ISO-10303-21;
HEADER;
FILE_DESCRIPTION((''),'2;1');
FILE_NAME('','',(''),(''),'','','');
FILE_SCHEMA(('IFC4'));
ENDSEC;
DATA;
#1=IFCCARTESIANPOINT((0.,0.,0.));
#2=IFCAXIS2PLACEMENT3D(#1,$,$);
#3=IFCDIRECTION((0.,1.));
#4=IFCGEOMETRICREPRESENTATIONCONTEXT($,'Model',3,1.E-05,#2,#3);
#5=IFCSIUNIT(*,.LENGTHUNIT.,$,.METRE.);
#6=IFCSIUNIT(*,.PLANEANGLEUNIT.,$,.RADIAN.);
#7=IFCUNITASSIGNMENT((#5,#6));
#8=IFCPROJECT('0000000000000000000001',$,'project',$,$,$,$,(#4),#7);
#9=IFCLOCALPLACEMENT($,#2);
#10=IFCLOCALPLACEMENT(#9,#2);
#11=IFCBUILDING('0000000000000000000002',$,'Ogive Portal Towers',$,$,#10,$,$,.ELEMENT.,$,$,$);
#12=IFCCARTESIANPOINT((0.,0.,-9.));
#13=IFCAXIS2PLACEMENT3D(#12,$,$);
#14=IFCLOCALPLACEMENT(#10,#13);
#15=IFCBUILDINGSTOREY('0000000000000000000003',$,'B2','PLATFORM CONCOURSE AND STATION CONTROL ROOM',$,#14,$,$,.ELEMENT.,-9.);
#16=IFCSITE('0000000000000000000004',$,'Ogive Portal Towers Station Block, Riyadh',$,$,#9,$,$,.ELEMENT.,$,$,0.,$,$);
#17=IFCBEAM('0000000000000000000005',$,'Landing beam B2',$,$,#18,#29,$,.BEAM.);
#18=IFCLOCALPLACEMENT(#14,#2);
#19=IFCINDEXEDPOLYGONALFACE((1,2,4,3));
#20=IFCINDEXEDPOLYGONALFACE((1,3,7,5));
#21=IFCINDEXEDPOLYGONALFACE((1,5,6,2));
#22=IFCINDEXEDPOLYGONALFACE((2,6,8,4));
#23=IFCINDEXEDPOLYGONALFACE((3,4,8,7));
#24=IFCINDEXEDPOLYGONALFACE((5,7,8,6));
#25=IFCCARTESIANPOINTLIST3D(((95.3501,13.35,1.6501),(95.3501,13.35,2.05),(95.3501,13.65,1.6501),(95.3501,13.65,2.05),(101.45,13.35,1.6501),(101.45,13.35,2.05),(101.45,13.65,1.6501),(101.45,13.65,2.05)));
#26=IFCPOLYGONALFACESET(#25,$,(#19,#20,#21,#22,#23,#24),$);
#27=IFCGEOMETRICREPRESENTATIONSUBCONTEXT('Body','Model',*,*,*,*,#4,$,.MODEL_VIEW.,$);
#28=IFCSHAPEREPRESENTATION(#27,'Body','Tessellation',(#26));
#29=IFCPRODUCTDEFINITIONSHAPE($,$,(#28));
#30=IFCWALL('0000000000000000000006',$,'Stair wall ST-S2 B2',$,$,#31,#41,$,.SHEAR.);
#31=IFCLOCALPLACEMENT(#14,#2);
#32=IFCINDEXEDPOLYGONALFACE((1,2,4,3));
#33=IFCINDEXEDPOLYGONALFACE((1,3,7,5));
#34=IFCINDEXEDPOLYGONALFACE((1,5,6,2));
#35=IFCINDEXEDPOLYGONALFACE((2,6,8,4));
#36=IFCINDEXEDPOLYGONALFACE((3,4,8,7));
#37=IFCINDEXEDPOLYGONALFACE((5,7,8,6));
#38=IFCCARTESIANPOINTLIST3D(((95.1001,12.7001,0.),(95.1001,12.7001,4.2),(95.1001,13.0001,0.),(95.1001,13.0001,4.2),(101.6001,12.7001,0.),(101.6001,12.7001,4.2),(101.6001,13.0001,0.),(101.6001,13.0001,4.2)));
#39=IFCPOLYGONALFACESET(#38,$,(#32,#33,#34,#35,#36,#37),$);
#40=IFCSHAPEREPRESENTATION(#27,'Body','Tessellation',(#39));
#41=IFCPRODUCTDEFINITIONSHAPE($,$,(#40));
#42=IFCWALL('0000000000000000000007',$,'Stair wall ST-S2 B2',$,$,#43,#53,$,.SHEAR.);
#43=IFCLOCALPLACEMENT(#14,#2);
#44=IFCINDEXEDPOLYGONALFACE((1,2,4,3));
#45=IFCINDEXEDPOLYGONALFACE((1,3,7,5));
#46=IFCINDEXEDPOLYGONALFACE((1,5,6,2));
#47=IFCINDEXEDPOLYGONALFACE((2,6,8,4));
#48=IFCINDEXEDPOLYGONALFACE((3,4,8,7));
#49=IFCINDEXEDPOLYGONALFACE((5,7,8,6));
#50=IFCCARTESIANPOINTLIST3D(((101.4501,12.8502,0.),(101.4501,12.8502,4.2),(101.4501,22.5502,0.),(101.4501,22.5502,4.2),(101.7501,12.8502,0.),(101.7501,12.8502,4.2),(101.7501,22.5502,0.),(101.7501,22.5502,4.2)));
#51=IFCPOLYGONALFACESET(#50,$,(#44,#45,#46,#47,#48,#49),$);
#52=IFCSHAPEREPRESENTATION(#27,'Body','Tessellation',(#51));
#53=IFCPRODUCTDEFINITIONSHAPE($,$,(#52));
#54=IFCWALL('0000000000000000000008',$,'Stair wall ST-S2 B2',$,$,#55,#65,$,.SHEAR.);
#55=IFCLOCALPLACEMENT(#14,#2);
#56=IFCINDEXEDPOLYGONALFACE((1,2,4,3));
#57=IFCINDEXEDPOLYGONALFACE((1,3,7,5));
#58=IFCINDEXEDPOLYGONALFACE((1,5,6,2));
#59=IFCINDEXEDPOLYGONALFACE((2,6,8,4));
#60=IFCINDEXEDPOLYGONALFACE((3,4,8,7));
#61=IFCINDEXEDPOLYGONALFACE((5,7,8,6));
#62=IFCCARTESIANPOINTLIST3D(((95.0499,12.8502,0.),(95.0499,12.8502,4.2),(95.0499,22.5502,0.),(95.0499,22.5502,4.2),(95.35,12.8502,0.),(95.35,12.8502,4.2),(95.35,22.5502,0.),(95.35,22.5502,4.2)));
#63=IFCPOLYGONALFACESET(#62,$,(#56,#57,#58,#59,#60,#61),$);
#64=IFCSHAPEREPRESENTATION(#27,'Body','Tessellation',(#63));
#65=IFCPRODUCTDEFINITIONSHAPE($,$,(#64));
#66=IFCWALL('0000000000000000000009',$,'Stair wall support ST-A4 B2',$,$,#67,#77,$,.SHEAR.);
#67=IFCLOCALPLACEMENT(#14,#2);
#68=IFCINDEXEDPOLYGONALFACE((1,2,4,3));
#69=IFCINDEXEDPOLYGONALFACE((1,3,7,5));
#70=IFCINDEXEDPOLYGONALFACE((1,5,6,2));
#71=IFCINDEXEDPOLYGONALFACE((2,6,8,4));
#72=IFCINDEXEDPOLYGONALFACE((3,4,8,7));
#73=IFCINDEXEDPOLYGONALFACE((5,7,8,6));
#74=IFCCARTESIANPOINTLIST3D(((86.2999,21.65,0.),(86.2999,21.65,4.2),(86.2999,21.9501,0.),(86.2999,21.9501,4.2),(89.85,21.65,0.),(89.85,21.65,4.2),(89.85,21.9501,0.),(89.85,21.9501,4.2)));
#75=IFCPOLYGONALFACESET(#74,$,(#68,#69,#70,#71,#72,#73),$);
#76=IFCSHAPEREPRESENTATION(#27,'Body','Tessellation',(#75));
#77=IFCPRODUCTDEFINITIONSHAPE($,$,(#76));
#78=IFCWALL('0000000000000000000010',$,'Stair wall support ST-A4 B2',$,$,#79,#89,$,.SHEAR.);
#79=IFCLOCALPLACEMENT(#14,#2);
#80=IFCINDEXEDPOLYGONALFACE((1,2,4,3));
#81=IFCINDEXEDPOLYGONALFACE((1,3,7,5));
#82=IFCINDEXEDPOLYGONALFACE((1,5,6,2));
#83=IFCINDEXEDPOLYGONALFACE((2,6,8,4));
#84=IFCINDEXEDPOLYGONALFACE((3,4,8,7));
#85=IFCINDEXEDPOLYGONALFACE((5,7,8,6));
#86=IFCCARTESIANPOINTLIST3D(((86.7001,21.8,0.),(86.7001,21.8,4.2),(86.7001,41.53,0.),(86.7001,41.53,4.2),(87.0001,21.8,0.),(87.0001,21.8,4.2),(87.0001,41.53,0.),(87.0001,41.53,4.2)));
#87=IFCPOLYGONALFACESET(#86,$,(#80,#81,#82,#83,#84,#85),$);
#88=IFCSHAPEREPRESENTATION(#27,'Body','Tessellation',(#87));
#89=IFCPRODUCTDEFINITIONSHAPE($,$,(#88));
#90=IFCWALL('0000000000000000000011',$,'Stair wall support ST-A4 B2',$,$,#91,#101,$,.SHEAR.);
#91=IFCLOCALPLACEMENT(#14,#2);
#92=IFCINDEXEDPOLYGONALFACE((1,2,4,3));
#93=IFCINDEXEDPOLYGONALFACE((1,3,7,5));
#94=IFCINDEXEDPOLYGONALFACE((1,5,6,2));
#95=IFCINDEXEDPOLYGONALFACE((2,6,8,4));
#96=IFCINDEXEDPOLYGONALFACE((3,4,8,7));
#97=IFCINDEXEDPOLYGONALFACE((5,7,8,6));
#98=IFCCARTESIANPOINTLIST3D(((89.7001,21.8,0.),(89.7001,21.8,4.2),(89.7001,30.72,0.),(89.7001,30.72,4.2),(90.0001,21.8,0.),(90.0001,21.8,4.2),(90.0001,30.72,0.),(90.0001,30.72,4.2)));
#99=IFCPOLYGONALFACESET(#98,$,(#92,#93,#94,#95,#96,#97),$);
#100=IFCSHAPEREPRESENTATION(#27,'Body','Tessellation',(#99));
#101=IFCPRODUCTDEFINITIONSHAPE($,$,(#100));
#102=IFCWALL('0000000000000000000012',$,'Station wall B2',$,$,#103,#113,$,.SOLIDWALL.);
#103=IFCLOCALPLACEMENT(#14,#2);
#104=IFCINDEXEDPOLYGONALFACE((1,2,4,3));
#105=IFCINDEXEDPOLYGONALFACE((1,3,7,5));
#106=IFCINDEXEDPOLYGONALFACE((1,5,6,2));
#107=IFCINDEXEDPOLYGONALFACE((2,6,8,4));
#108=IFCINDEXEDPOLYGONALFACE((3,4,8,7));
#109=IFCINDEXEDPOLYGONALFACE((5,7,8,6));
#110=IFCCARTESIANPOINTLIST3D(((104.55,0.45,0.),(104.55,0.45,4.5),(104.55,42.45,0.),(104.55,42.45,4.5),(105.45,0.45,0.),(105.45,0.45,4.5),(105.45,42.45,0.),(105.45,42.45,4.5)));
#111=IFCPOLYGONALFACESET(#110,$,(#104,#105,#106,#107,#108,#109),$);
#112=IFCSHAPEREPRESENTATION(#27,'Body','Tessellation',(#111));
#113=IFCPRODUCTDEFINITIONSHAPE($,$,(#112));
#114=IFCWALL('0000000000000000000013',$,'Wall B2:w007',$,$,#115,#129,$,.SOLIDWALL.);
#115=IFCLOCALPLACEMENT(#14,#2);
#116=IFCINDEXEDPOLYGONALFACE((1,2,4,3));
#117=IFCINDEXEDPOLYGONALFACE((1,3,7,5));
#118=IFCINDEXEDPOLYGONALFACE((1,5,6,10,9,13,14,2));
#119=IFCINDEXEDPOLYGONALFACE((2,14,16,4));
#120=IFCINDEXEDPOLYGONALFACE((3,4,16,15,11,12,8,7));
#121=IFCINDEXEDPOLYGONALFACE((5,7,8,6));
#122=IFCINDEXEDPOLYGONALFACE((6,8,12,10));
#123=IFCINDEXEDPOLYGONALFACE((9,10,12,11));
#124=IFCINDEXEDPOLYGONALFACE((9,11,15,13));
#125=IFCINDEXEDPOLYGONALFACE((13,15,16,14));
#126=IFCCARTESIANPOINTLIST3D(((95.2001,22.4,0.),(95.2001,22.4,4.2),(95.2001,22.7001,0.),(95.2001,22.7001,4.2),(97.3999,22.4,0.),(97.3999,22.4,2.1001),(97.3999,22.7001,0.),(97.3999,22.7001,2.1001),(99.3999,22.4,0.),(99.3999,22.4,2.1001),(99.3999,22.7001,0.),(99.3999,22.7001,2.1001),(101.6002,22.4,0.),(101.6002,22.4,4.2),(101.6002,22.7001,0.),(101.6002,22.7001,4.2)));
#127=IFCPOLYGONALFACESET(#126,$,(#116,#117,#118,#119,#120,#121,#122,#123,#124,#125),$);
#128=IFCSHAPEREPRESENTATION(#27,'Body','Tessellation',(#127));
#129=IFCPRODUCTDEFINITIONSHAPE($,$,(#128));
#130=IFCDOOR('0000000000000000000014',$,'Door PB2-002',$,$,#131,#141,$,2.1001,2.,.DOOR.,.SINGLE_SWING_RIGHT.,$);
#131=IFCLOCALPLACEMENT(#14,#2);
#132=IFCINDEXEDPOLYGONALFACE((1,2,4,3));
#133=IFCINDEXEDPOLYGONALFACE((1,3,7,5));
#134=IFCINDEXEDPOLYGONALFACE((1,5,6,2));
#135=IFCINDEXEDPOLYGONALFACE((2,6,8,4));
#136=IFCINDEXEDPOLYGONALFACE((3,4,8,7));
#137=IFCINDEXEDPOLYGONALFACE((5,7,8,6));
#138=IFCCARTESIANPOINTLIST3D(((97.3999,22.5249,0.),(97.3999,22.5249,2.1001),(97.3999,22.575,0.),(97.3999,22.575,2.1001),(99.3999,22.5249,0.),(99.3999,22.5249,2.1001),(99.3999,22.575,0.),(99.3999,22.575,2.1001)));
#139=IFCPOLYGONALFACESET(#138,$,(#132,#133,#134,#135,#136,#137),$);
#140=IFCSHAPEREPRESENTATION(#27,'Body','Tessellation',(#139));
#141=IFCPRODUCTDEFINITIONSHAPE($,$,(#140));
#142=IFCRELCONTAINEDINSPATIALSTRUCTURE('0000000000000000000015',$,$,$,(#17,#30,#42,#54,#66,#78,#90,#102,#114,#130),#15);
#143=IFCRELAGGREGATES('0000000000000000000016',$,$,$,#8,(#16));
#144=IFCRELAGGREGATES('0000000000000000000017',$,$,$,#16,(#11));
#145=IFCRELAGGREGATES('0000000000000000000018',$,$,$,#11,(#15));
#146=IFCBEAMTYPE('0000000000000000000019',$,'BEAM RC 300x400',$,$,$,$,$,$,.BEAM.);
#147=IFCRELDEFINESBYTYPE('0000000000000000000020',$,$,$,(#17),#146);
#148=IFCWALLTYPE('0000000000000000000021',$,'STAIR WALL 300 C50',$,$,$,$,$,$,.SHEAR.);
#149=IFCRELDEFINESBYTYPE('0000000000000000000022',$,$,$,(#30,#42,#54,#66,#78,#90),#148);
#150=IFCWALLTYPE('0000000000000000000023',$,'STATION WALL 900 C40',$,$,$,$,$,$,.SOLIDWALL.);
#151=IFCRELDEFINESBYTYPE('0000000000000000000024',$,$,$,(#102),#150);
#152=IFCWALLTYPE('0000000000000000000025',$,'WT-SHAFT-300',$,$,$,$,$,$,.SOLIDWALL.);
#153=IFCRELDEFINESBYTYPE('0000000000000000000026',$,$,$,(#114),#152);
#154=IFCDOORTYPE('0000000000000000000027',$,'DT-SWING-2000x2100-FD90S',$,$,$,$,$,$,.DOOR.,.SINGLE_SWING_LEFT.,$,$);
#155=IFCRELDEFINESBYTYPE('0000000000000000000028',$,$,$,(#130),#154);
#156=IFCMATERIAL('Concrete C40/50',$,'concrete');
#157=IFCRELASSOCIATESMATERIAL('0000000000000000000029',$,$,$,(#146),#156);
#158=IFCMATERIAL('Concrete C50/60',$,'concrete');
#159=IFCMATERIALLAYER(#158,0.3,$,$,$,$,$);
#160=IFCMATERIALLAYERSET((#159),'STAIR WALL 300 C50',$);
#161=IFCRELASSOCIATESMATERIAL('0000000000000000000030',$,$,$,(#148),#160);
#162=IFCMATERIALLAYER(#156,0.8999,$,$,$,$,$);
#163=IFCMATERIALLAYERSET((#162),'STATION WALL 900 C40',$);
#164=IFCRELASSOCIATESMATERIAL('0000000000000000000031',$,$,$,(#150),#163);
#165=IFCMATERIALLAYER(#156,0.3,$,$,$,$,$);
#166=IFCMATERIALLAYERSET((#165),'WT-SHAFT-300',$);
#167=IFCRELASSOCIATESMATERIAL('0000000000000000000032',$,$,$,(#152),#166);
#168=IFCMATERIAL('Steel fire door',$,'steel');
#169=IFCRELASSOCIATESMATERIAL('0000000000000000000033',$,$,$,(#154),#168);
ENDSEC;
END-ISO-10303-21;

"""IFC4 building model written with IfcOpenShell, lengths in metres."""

from ifc_helpers import new_model, si_unit, direction, frame, frame_2d, origin, origin_2d, place, context, subcontext, project, spatial, rectangle, extrude, material, layer, layer_set, material_profile, profile_set, type_object, element, fill, save


model = new_model("IFC4")

# Units and contexts
model_context = context("Model", 3, precision=1e-05, world=origin(), true_north=direction((0.0, 1.0)))
body_context = subcontext(model_context, "Body", "Model", "MODEL_VIEW")
ifc_project = project(units=[si_unit("LENGTHUNIT", "METRE"), si_unit("PLANEANGLEUNIT", "RADIAN")], contexts=[model_context])

# Site, building, storey
site_placement = place(None, origin())
site = spatial("IfcSite", under=ifc_project, at=site_placement, Name="Ogive Portal Towers Station Block, Riyadh", CompositionType="ELEMENT", RefElevation=0.0)
building_placement = place(site_placement, origin())
building = spatial("IfcBuilding", under=site, at=building_placement, Name="Ogive Portal Towers", CompositionType="ELEMENT")
storey_placement = place(building_placement, frame((0.0, 0.0, -9.0)))
storey = spatial("IfcBuildingStorey", under=building, at=storey_placement, Name="B2", Description="PLATFORM CONCOURSE AND STATION CONTROL ROOM", CompositionType="ELEMENT", Elevation=-9.0)

# Shared definitions
ifc_material_1 = material(Name="Concrete C40/50", Category="concrete")

# Shared definitions
ifc_material_2 = material(Name="Concrete C50/60", Category="concrete")

# Beam
ifc_material_profile_1 = material_profile(ifc_material_1, rectangle(XDim=0.3, YDim=0.3999, at=origin_2d()), Name="RC 300x400")
ifc_profile_set_1 = profile_set([ifc_material_profile_1], Name="Concrete C40/50")
beam_type = type_object("IfcBeamType", Name="BEAM RC 300x400", PredefinedType="BEAM", material=ifc_profile_set_1)
beam_placement = place(storey_placement, frame((95.3501, 13.5, 1.8501), z_axis=(1.0, 0.0, 0.0), x_axis=(0.0, 1.0, 0.0)))
element("IfcBeam", 1, at=beam_placement, inside=storey, type_object=beam_type, Name="Landing beam B2", PredefinedType="BEAM", context=body_context, shape_type="SweptSolid", body=[
    extrude(rectangle(XDim=0.3, YDim=0.3999, at=origin_2d()), origin(), (0.0, 0.0, 1.0), 6.0999),
])

# Walls
ifc_layer_1 = layer(ifc_material_2, 0.3)
ifc_layer_set_1 = layer_set([ifc_layer_1], Name="STAIR WALL 300 C50")
wall_type_1 = type_object("IfcWallType", Name="STAIR WALL 300 C50", PredefinedType="SHEAR", material=ifc_layer_set_1)
wall_1_placement = place(storey_placement, frame((95.1001, 12.8501, 0.0), z_axis=(0.0, 0.0, 1.0), x_axis=(1.0, 0.0, 0.0)))
element("IfcWall", 2, at=wall_1_placement, inside=storey, type_object=wall_type_1, Name="Stair wall ST-S2 B2", PredefinedType="SHEAR", context=body_context, shape_type="SweptSolid", body=[
    extrude(rectangle(XDim=6.5, YDim=0.3, at=frame_2d((3.25, 0.0))), origin(), (0.0, 0.0, 1.0), 4.2),
])
for number, where, z_axis, x_axis, name in (
    (3, (101.6001, 12.8501, 0.0), (0.0, 0.0, 1.0), (0.0, 1.0, 0.0), "Stair wall ST-S2 B2"),
    (4, (95.2, 12.8501, 0.0), (0.0, 0.0, 1.0), (0.0, 1.0, 0.0), "Stair wall ST-S2 B2"),
):
    element("IfcWall", number, at=place(storey_placement, frame(where, z_axis=z_axis, x_axis=x_axis)), inside=storey, type_object=wall_type_1, Name=name, PredefinedType="SHEAR", context=body_context, shape_type="SweptSolid", body=[
        extrude(rectangle(XDim=9.7, YDim=0.3, at=frame_2d((4.8501, 0.0))), origin(), (0.0, 0.0, 1.0), 4.2),
    ])
wall_2_placement = place(storey_placement, frame((86.3, 21.8, 0.0), z_axis=(0.0, 0.0, 1.0), x_axis=(1.0, 0.0, 0.0)))
element("IfcWall", 5, at=wall_2_placement, inside=storey, type_object=wall_type_1, Name="Stair wall support ST-A4 B2", PredefinedType="SHEAR", context=body_context, shape_type="SweptSolid", body=[
    extrude(rectangle(XDim=3.55, YDim=0.3, at=frame_2d((1.7749, 0.0))), origin(), (0.0, 0.0, 1.0), 4.2),
])
wall_3_placement = place(storey_placement, frame((86.8501, 21.8, 0.0), z_axis=(0.0, 0.0, 1.0), x_axis=(0.0, 1.0, 0.0)))
element("IfcWall", 6, at=wall_3_placement, inside=storey, type_object=wall_type_1, Name="Stair wall support ST-A4 B2", PredefinedType="SHEAR", context=body_context, shape_type="SweptSolid", body=[
    extrude(rectangle(XDim=19.73, YDim=0.3, at=frame_2d((9.865, 0.0))), origin(), (0.0, 0.0, 1.0), 4.2),
])
wall_4_placement = place(storey_placement, frame((89.8501, 21.8, 0.0), z_axis=(0.0, 0.0, 1.0), x_axis=(0.0, 1.0, 0.0)))
element("IfcWall", 7, at=wall_4_placement, inside=storey, type_object=wall_type_1, Name="Stair wall support ST-A4 B2", PredefinedType="SHEAR", context=body_context, shape_type="SweptSolid", body=[
    extrude(rectangle(XDim=8.9199, YDim=0.3, at=frame_2d((4.46, 0.0))), origin(), (0.0, 0.0, 1.0), 4.2),
])
ifc_layer_2 = layer(ifc_material_1, 0.8999)
ifc_layer_set_2 = layer_set([ifc_layer_2], Name="STATION WALL 900 C40")
wall_type_2 = type_object("IfcWallType", Name="STATION WALL 900 C40", PredefinedType="SOLIDWALL", material=ifc_layer_set_2)
wall_5_placement = place(storey_placement, frame((105.0, 0.45, 0.0), z_axis=(0.0, 0.0, 1.0), x_axis=(0.0, 1.0, 0.0)))
element("IfcWall", 8, at=wall_5_placement, inside=storey, type_object=wall_type_2, Name="Station wall B2", PredefinedType="SOLIDWALL", context=body_context, shape_type="SweptSolid", body=[
    extrude(rectangle(XDim=42.0, YDim=0.8999, at=frame_2d((21.0, 0.0))), origin(), (0.0, 0.0, 1.0), 4.5),
])

# Wall, opening, door
ifc_layer_3 = layer(ifc_material_1, 0.3)
ifc_layer_set_3 = layer_set([ifc_layer_3], Name="WT-SHAFT-300")
wall_type_3 = type_object("IfcWallType", Name="WT-SHAFT-300", PredefinedType="SOLIDWALL", material=ifc_layer_set_3)
wall_6_placement = place(storey_placement, frame((95.2, 22.55, 0.0), z_axis=(0.0, 0.0, 1.0), x_axis=(1.0, 0.0, 0.0)))
wall_6 = element("IfcWall", 9, at=wall_6_placement, inside=storey, type_object=wall_type_3, Name="Wall B2:w007", PredefinedType="SOLIDWALL", context=body_context, shape_type="SweptSolid", body=[
    extrude(rectangle(XDim=6.4001, YDim=0.3, at=frame_2d((3.2002, 0.0))), origin(), (0.0, 0.0, 1.0), 4.2),
])
opening_placement = place(wall_6_placement, frame((2.2, 0.0, 0.0)))
opening = element("IfcOpeningElement", 10, at=opening_placement, cuts=wall_6, PredefinedType="OPENING", context=body_context, shape_type="SweptSolid", body=[
    extrude(rectangle(XDim=2.0, YDim=2.1001, at=frame_2d((1.0, 1.05))), frame((0.0, 0.1602, 0.0), z_axis=(0.0, -1.0, 0.0), x_axis=(1.0, 0.0, 0.0)), (0.0, 0.0, 1.0), 0.3201),
])
ifc_material_3 = material(Name="Steel fire door", Category="steel")
door_type = type_object("IfcDoorType", Name="DT-SWING-2000x2100-FD90S", OperationType="SINGLE_SWING_LEFT", PredefinedType="DOOR", material=ifc_material_3)
door_placement = place(opening_placement, origin())
door = element("IfcDoor", 11, at=door_placement, inside=storey, type_object=door_type, Name="Door PB2-002", OperationType="SINGLE_SWING_RIGHT", OverallHeight=2.1001, OverallWidth=2.0, PredefinedType="DOOR", context=body_context, shape_type="SweptSolid", body=[
    extrude(rectangle(XDim=2.0, YDim=2.1001, at=frame_2d((1.0, 1.05))), frame((0.0, 0.0249, 0.0), z_axis=(0.0, -1.0, 0.0), x_axis=(1.0, 0.0, 0.0)), (0.0, 0.0, 1.0), 0.05),
])
fill(opening, door)

save(model, "model.ifc")
